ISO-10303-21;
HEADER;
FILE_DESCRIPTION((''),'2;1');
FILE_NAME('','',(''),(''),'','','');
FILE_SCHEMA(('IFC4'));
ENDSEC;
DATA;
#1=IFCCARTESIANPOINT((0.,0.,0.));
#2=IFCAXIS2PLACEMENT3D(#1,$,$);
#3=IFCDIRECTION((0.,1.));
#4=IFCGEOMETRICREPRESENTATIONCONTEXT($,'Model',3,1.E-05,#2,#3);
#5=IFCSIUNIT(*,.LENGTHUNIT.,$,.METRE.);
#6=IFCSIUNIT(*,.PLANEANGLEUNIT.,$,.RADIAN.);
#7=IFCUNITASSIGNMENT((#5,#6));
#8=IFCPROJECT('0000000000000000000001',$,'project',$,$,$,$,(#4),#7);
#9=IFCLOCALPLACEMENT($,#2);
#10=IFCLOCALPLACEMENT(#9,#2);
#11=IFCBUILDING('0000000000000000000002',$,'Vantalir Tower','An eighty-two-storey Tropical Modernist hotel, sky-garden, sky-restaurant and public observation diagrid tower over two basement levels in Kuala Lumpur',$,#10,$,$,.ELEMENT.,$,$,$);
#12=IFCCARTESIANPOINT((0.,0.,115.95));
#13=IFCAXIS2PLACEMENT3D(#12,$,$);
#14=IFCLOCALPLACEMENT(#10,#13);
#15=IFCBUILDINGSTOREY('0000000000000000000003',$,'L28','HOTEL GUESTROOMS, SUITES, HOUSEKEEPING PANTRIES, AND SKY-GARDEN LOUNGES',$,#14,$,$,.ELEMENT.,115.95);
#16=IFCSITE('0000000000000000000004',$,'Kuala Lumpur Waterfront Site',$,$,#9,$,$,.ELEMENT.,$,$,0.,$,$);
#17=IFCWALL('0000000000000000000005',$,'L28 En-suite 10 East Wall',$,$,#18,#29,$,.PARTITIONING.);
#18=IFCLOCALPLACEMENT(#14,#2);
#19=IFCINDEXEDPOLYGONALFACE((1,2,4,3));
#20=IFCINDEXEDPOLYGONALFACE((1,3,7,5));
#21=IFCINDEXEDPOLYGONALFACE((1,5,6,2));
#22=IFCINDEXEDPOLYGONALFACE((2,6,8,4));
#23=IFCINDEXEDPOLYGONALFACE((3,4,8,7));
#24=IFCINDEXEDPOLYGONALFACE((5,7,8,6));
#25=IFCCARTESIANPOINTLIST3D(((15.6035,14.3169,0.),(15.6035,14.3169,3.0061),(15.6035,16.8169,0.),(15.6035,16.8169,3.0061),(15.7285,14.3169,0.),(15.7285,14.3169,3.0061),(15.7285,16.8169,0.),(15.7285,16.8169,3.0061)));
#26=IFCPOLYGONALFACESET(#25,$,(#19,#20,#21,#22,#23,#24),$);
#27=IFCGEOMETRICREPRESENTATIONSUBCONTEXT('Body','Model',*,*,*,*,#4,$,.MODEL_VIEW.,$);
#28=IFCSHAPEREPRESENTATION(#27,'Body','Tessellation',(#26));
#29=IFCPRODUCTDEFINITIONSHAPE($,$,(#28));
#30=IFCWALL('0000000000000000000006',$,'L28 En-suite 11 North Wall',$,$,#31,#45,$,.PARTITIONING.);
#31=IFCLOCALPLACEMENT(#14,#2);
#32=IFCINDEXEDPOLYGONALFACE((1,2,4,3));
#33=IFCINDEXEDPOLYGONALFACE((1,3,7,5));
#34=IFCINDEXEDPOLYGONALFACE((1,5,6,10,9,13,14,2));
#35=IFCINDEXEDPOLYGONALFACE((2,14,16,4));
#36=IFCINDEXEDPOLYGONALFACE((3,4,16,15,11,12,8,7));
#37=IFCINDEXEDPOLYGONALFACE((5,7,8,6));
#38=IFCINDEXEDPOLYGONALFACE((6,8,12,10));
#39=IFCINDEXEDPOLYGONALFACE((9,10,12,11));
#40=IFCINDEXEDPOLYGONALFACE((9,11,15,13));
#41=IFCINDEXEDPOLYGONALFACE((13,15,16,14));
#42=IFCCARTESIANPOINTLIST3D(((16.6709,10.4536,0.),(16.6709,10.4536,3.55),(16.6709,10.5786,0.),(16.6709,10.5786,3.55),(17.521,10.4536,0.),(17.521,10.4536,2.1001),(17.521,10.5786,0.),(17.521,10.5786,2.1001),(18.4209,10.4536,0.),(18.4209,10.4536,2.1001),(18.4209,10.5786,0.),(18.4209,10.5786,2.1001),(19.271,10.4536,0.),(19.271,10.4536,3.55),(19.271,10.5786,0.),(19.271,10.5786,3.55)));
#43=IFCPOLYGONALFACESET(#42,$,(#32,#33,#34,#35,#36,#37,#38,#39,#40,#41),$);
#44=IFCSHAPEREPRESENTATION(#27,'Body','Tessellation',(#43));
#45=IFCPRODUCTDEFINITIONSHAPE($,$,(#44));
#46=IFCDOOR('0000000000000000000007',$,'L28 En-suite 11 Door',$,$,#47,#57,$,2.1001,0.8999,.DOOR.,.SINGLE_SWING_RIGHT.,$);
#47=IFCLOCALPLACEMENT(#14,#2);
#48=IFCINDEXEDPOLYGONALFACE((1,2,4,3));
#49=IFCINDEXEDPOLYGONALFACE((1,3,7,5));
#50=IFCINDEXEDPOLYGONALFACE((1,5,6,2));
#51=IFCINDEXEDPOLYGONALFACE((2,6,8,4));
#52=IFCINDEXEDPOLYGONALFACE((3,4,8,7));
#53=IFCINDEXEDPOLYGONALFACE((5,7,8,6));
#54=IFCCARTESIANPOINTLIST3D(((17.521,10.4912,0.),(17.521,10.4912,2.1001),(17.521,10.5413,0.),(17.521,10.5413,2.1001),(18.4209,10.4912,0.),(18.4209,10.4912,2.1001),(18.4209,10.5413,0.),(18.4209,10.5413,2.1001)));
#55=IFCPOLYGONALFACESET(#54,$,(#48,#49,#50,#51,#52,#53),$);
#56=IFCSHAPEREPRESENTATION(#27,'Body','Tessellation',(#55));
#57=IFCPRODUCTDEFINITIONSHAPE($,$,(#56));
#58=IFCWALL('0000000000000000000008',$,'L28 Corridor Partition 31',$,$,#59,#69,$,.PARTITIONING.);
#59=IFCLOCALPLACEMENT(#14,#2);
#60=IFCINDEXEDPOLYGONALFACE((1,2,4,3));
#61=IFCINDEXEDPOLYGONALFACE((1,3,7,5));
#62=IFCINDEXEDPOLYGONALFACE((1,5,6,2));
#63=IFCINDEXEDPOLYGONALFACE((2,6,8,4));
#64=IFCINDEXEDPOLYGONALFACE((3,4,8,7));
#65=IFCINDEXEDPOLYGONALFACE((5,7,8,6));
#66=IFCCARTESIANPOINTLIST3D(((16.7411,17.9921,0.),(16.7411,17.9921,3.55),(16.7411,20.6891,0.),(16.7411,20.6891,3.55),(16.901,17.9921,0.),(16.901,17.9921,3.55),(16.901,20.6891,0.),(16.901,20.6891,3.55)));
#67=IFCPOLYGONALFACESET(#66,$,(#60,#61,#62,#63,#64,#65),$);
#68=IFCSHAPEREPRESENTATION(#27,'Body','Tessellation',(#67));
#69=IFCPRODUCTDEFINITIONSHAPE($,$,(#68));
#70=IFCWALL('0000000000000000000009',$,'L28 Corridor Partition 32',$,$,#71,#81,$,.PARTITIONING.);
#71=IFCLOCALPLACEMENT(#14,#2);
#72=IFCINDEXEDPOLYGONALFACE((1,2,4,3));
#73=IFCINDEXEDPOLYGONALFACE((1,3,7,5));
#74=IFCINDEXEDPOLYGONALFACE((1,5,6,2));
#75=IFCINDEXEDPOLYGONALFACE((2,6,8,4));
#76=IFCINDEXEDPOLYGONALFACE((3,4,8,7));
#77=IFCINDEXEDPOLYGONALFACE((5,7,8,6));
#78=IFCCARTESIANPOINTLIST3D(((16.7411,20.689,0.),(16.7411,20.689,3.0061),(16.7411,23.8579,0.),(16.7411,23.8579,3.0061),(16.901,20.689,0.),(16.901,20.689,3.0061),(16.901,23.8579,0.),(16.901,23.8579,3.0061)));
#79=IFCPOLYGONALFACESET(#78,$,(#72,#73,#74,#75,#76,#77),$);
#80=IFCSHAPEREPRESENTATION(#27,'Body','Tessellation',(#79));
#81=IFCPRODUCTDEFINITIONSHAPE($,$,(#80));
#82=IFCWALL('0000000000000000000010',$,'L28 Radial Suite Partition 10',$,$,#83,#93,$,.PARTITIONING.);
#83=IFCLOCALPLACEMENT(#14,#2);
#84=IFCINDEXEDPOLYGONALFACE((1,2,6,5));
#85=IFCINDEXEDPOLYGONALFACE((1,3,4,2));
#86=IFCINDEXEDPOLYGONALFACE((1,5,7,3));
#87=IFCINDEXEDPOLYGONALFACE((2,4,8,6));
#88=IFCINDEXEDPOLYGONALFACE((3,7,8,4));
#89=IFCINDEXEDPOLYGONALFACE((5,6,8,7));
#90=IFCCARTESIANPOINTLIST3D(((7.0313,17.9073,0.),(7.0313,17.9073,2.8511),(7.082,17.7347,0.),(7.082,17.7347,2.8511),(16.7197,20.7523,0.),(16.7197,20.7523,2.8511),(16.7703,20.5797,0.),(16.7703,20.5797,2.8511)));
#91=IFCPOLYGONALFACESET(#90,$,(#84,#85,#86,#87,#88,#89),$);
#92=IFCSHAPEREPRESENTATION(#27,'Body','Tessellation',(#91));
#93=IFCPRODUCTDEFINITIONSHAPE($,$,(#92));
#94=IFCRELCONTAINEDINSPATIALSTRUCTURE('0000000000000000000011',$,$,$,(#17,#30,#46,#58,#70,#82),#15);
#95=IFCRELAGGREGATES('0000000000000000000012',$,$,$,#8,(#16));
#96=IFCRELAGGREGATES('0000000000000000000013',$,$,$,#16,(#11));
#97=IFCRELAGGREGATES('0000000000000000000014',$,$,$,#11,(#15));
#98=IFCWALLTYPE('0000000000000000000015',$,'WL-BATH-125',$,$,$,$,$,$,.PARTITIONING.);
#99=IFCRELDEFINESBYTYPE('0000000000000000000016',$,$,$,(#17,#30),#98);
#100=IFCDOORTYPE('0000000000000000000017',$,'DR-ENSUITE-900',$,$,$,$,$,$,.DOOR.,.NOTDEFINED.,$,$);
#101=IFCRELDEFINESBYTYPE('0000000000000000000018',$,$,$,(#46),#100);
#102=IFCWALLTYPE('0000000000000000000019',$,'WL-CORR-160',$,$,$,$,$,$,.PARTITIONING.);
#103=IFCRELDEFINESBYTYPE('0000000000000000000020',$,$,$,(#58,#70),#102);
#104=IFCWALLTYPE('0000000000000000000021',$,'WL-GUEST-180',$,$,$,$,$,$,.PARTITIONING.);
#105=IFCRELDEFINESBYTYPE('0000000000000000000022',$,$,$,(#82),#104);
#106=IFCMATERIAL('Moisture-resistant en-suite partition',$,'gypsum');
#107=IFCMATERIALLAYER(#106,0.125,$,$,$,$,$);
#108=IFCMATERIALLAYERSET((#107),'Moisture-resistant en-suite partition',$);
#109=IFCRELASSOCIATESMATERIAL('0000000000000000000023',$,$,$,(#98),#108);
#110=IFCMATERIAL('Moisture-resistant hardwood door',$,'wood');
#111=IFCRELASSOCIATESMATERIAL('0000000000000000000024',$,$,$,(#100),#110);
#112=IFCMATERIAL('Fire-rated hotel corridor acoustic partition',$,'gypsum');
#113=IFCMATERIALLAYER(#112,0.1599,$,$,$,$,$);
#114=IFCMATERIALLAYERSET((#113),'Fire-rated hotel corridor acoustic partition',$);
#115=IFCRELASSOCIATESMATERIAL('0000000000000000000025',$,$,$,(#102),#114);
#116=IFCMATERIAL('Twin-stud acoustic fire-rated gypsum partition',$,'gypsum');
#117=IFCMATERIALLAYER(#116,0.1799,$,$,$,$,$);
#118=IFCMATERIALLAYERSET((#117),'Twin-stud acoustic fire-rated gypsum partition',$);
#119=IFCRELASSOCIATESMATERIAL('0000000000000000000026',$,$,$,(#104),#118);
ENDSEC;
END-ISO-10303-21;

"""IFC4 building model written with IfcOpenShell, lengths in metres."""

from ifc_helpers import new_model, si_unit, direction, frame, frame_2d, origin, place, context, subcontext, project, spatial, rectangle, extrude, material, layer, layer_set, type_object, element, fill, save


model = new_model("IFC4")

# Units and contexts
model_context = context("Model", 3, precision=1e-05, world=origin(), true_north=direction((0.0, 1.0)))
body_context = subcontext(model_context, "Body", "Model", "MODEL_VIEW")
ifc_project = project(units=[si_unit("LENGTHUNIT", "METRE"), si_unit("PLANEANGLEUNIT", "RADIAN")], contexts=[model_context])

# Site, building, storey
site_placement = place(None, origin())
site = spatial("IfcSite", under=ifc_project, at=site_placement, Name="Kuala Lumpur Waterfront Site", CompositionType="ELEMENT", RefElevation=0.0)
building_placement = place(site_placement, origin())
building = spatial("IfcBuilding", under=site, at=building_placement, Name="Vantalir Tower", Description="An eighty-two-storey Tropical Modernist hotel, sky-garden, sky-restaurant and public observation diagrid tower over two basement levels in Kuala Lumpur", CompositionType="ELEMENT")
storey_placement = place(building_placement, frame((0.0, 0.0, 115.95)))
storey = spatial("IfcBuildingStorey", under=building, at=storey_placement, Name="L28", Description="HOTEL GUESTROOMS, SUITES, HOUSEKEEPING PANTRIES, AND SKY-GARDEN LOUNGES", CompositionType="ELEMENT", Elevation=115.95)

# Shared definitions
ifc_material_1 = material(Name="Moisture-resistant en-suite partition", Category="gypsum")
ifc_layer_1 = layer(ifc_material_1, 0.125)
ifc_layer_set_1 = layer_set([ifc_layer_1], Name="Moisture-resistant en-suite partition")
wall_type_1 = type_object("IfcWallType", Name="WL-BATH-125", PredefinedType="PARTITIONING", material=ifc_layer_set_1)

# Shared definitions
ifc_material_2 = material(Name="Moisture-resistant hardwood door", Category="wood")
door_type = type_object("IfcDoorType", Name="DR-ENSUITE-900", OperationType="NOTDEFINED", PredefinedType="DOOR", material=ifc_material_2)

# Wall
for number, where, z_axis, x_axis, name in (
    (1, (15.666, 14.3169, 0.0), (0.0, 0.0, 1.0), (0.0, 1.0, 0.0), "L28 En-suite 10 East Wall"),
):
    element("IfcWall", number, at=place(storey_placement, frame(where, z_axis=z_axis, x_axis=x_axis)), inside=storey, type_object=wall_type_1, Name=name, PredefinedType="PARTITIONING", context=body_context, shape_type="SweptSolid", body=[
        extrude(rectangle(XDim=2.5, YDim=0.125, at=frame_2d((1.25, 0.0))), origin(), (0.0, 0.0, 1.0), 3.0061),
    ])

# Wall, opening, door
wall_1_placement = place(storey_placement, frame((16.6709, 10.5161, 0.0), z_axis=(0.0, 0.0, 1.0), x_axis=(1.0, 0.0, 0.0)))
wall_1 = element("IfcWall", 2, at=wall_1_placement, inside=storey, type_object=wall_type_1, Name="L28 En-suite 11 North Wall", PredefinedType="PARTITIONING", context=body_context, shape_type="SweptSolid", body=[
    extrude(rectangle(XDim=2.6001, YDim=0.125, at=frame_2d((1.3, 0.0))), origin(), (0.0, 0.0, 1.0), 3.55),
])
opening_1_placement = place(wall_1_placement, frame((0.8501, 0.0, 0.0)))
opening_1 = element("IfcOpeningElement", 3, at=opening_1_placement, cuts=wall_1, PredefinedType="OPENING", context=body_context, shape_type="SweptSolid", body=[
    extrude(rectangle(XDim=0.8999, YDim=2.1001, at=frame_2d((0.45, 1.05))), frame((0.0, 0.0725, 0.0), z_axis=(0.0, -1.0, 0.0), x_axis=(1.0, 0.0, 0.0)), (0.0, 0.0, 1.0), 0.145),
])
door_1_placement = place(opening_1_placement, frame((0.8999, 0.0, 0.0), z_axis=(0.0, 0.0, 1.0), x_axis=(-1.0, 0.0, 0.0)))
door_1 = element("IfcDoor", 4, at=door_1_placement, inside=storey, type_object=door_type, Name="L28 En-suite 11 Door", OperationType="SINGLE_SWING_RIGHT", OverallHeight=2.1001, OverallWidth=0.8999, PredefinedType="DOOR", context=body_context, shape_type="SweptSolid", body=[
    extrude(rectangle(XDim=0.8999, YDim=2.1001, at=frame_2d((0.45, 1.05))), frame((0.0, 0.0249, 0.0), z_axis=(0.0, -1.0, 0.0), x_axis=(1.0, 0.0, 0.0)), (0.0, 0.0, 1.0), 0.05),
])
fill(opening_1, door_1)

# Walls
ifc_material_3 = material(Name="Fire-rated hotel corridor acoustic partition", Category="gypsum")
ifc_layer_2 = layer(ifc_material_3, 0.1599)
ifc_layer_set_2 = layer_set([ifc_layer_2], Name="Fire-rated hotel corridor acoustic partition")
wall_type_2 = type_object("IfcWallType", Name="WL-CORR-160", PredefinedType="PARTITIONING", material=ifc_layer_set_2)
wall_2_placement = place(storey_placement, frame((16.821, 17.9919, 0.0), z_axis=(0.0, 0.0, 1.0), x_axis=(0.0, 1.0, 0.0)))
element("IfcWall", 5, at=wall_2_placement, inside=storey, type_object=wall_type_2, Name="L28 Corridor Partition 31", PredefinedType="PARTITIONING", context=body_context, shape_type="SweptSolid", body=[
    extrude(rectangle(XDim=2.697, YDim=0.1599, at=frame_2d((1.3486, 0.0))), origin(), (0.0, 0.0, 1.0), 3.55),
])
wall_3_placement = place(storey_placement, frame((16.821, 20.689, 0.0), z_axis=(0.0, 0.0, 1.0), x_axis=(0.0, 1.0, 0.0)))
element("IfcWall", 6, at=wall_3_placement, inside=storey, type_object=wall_type_2, Name="L28 Corridor Partition 32", PredefinedType="PARTITIONING", context=body_context, shape_type="SweptSolid", body=[
    extrude(rectangle(XDim=3.1689, YDim=0.1599, at=frame_2d((1.5845, 0.0))), origin(), (0.0, 0.0, 1.0), 3.0061),
])
ifc_material_4 = material(Name="Twin-stud acoustic fire-rated gypsum partition", Category="gypsum")
ifc_layer_3 = layer(ifc_material_4, 0.1799)
ifc_layer_set_3 = layer_set([ifc_layer_3], Name="Twin-stud acoustic fire-rated gypsum partition")
wall_type_3 = type_object("IfcWallType", Name="WL-GUEST-180", PredefinedType="PARTITIONING", material=ifc_layer_set_3)
wall_4_placement = place(storey_placement, frame((16.7451, 20.666, 0.0), z_axis=(0.0, 0.0, 1.0), x_axis=(-0.959486, -0.281755, 0.0)))
element("IfcWall", 7, at=wall_4_placement, inside=storey, type_object=wall_type_3, Name="L28 Radial Suite Partition 10", PredefinedType="PARTITIONING", context=body_context, shape_type="SweptSolid", body=[
    extrude(rectangle(XDim=10.0974, YDim=0.1799, at=frame_2d((5.0488, 0.0))), origin(), (0.0, 0.0, 1.0), 2.8511),
])

save(model, "model.ifc")
